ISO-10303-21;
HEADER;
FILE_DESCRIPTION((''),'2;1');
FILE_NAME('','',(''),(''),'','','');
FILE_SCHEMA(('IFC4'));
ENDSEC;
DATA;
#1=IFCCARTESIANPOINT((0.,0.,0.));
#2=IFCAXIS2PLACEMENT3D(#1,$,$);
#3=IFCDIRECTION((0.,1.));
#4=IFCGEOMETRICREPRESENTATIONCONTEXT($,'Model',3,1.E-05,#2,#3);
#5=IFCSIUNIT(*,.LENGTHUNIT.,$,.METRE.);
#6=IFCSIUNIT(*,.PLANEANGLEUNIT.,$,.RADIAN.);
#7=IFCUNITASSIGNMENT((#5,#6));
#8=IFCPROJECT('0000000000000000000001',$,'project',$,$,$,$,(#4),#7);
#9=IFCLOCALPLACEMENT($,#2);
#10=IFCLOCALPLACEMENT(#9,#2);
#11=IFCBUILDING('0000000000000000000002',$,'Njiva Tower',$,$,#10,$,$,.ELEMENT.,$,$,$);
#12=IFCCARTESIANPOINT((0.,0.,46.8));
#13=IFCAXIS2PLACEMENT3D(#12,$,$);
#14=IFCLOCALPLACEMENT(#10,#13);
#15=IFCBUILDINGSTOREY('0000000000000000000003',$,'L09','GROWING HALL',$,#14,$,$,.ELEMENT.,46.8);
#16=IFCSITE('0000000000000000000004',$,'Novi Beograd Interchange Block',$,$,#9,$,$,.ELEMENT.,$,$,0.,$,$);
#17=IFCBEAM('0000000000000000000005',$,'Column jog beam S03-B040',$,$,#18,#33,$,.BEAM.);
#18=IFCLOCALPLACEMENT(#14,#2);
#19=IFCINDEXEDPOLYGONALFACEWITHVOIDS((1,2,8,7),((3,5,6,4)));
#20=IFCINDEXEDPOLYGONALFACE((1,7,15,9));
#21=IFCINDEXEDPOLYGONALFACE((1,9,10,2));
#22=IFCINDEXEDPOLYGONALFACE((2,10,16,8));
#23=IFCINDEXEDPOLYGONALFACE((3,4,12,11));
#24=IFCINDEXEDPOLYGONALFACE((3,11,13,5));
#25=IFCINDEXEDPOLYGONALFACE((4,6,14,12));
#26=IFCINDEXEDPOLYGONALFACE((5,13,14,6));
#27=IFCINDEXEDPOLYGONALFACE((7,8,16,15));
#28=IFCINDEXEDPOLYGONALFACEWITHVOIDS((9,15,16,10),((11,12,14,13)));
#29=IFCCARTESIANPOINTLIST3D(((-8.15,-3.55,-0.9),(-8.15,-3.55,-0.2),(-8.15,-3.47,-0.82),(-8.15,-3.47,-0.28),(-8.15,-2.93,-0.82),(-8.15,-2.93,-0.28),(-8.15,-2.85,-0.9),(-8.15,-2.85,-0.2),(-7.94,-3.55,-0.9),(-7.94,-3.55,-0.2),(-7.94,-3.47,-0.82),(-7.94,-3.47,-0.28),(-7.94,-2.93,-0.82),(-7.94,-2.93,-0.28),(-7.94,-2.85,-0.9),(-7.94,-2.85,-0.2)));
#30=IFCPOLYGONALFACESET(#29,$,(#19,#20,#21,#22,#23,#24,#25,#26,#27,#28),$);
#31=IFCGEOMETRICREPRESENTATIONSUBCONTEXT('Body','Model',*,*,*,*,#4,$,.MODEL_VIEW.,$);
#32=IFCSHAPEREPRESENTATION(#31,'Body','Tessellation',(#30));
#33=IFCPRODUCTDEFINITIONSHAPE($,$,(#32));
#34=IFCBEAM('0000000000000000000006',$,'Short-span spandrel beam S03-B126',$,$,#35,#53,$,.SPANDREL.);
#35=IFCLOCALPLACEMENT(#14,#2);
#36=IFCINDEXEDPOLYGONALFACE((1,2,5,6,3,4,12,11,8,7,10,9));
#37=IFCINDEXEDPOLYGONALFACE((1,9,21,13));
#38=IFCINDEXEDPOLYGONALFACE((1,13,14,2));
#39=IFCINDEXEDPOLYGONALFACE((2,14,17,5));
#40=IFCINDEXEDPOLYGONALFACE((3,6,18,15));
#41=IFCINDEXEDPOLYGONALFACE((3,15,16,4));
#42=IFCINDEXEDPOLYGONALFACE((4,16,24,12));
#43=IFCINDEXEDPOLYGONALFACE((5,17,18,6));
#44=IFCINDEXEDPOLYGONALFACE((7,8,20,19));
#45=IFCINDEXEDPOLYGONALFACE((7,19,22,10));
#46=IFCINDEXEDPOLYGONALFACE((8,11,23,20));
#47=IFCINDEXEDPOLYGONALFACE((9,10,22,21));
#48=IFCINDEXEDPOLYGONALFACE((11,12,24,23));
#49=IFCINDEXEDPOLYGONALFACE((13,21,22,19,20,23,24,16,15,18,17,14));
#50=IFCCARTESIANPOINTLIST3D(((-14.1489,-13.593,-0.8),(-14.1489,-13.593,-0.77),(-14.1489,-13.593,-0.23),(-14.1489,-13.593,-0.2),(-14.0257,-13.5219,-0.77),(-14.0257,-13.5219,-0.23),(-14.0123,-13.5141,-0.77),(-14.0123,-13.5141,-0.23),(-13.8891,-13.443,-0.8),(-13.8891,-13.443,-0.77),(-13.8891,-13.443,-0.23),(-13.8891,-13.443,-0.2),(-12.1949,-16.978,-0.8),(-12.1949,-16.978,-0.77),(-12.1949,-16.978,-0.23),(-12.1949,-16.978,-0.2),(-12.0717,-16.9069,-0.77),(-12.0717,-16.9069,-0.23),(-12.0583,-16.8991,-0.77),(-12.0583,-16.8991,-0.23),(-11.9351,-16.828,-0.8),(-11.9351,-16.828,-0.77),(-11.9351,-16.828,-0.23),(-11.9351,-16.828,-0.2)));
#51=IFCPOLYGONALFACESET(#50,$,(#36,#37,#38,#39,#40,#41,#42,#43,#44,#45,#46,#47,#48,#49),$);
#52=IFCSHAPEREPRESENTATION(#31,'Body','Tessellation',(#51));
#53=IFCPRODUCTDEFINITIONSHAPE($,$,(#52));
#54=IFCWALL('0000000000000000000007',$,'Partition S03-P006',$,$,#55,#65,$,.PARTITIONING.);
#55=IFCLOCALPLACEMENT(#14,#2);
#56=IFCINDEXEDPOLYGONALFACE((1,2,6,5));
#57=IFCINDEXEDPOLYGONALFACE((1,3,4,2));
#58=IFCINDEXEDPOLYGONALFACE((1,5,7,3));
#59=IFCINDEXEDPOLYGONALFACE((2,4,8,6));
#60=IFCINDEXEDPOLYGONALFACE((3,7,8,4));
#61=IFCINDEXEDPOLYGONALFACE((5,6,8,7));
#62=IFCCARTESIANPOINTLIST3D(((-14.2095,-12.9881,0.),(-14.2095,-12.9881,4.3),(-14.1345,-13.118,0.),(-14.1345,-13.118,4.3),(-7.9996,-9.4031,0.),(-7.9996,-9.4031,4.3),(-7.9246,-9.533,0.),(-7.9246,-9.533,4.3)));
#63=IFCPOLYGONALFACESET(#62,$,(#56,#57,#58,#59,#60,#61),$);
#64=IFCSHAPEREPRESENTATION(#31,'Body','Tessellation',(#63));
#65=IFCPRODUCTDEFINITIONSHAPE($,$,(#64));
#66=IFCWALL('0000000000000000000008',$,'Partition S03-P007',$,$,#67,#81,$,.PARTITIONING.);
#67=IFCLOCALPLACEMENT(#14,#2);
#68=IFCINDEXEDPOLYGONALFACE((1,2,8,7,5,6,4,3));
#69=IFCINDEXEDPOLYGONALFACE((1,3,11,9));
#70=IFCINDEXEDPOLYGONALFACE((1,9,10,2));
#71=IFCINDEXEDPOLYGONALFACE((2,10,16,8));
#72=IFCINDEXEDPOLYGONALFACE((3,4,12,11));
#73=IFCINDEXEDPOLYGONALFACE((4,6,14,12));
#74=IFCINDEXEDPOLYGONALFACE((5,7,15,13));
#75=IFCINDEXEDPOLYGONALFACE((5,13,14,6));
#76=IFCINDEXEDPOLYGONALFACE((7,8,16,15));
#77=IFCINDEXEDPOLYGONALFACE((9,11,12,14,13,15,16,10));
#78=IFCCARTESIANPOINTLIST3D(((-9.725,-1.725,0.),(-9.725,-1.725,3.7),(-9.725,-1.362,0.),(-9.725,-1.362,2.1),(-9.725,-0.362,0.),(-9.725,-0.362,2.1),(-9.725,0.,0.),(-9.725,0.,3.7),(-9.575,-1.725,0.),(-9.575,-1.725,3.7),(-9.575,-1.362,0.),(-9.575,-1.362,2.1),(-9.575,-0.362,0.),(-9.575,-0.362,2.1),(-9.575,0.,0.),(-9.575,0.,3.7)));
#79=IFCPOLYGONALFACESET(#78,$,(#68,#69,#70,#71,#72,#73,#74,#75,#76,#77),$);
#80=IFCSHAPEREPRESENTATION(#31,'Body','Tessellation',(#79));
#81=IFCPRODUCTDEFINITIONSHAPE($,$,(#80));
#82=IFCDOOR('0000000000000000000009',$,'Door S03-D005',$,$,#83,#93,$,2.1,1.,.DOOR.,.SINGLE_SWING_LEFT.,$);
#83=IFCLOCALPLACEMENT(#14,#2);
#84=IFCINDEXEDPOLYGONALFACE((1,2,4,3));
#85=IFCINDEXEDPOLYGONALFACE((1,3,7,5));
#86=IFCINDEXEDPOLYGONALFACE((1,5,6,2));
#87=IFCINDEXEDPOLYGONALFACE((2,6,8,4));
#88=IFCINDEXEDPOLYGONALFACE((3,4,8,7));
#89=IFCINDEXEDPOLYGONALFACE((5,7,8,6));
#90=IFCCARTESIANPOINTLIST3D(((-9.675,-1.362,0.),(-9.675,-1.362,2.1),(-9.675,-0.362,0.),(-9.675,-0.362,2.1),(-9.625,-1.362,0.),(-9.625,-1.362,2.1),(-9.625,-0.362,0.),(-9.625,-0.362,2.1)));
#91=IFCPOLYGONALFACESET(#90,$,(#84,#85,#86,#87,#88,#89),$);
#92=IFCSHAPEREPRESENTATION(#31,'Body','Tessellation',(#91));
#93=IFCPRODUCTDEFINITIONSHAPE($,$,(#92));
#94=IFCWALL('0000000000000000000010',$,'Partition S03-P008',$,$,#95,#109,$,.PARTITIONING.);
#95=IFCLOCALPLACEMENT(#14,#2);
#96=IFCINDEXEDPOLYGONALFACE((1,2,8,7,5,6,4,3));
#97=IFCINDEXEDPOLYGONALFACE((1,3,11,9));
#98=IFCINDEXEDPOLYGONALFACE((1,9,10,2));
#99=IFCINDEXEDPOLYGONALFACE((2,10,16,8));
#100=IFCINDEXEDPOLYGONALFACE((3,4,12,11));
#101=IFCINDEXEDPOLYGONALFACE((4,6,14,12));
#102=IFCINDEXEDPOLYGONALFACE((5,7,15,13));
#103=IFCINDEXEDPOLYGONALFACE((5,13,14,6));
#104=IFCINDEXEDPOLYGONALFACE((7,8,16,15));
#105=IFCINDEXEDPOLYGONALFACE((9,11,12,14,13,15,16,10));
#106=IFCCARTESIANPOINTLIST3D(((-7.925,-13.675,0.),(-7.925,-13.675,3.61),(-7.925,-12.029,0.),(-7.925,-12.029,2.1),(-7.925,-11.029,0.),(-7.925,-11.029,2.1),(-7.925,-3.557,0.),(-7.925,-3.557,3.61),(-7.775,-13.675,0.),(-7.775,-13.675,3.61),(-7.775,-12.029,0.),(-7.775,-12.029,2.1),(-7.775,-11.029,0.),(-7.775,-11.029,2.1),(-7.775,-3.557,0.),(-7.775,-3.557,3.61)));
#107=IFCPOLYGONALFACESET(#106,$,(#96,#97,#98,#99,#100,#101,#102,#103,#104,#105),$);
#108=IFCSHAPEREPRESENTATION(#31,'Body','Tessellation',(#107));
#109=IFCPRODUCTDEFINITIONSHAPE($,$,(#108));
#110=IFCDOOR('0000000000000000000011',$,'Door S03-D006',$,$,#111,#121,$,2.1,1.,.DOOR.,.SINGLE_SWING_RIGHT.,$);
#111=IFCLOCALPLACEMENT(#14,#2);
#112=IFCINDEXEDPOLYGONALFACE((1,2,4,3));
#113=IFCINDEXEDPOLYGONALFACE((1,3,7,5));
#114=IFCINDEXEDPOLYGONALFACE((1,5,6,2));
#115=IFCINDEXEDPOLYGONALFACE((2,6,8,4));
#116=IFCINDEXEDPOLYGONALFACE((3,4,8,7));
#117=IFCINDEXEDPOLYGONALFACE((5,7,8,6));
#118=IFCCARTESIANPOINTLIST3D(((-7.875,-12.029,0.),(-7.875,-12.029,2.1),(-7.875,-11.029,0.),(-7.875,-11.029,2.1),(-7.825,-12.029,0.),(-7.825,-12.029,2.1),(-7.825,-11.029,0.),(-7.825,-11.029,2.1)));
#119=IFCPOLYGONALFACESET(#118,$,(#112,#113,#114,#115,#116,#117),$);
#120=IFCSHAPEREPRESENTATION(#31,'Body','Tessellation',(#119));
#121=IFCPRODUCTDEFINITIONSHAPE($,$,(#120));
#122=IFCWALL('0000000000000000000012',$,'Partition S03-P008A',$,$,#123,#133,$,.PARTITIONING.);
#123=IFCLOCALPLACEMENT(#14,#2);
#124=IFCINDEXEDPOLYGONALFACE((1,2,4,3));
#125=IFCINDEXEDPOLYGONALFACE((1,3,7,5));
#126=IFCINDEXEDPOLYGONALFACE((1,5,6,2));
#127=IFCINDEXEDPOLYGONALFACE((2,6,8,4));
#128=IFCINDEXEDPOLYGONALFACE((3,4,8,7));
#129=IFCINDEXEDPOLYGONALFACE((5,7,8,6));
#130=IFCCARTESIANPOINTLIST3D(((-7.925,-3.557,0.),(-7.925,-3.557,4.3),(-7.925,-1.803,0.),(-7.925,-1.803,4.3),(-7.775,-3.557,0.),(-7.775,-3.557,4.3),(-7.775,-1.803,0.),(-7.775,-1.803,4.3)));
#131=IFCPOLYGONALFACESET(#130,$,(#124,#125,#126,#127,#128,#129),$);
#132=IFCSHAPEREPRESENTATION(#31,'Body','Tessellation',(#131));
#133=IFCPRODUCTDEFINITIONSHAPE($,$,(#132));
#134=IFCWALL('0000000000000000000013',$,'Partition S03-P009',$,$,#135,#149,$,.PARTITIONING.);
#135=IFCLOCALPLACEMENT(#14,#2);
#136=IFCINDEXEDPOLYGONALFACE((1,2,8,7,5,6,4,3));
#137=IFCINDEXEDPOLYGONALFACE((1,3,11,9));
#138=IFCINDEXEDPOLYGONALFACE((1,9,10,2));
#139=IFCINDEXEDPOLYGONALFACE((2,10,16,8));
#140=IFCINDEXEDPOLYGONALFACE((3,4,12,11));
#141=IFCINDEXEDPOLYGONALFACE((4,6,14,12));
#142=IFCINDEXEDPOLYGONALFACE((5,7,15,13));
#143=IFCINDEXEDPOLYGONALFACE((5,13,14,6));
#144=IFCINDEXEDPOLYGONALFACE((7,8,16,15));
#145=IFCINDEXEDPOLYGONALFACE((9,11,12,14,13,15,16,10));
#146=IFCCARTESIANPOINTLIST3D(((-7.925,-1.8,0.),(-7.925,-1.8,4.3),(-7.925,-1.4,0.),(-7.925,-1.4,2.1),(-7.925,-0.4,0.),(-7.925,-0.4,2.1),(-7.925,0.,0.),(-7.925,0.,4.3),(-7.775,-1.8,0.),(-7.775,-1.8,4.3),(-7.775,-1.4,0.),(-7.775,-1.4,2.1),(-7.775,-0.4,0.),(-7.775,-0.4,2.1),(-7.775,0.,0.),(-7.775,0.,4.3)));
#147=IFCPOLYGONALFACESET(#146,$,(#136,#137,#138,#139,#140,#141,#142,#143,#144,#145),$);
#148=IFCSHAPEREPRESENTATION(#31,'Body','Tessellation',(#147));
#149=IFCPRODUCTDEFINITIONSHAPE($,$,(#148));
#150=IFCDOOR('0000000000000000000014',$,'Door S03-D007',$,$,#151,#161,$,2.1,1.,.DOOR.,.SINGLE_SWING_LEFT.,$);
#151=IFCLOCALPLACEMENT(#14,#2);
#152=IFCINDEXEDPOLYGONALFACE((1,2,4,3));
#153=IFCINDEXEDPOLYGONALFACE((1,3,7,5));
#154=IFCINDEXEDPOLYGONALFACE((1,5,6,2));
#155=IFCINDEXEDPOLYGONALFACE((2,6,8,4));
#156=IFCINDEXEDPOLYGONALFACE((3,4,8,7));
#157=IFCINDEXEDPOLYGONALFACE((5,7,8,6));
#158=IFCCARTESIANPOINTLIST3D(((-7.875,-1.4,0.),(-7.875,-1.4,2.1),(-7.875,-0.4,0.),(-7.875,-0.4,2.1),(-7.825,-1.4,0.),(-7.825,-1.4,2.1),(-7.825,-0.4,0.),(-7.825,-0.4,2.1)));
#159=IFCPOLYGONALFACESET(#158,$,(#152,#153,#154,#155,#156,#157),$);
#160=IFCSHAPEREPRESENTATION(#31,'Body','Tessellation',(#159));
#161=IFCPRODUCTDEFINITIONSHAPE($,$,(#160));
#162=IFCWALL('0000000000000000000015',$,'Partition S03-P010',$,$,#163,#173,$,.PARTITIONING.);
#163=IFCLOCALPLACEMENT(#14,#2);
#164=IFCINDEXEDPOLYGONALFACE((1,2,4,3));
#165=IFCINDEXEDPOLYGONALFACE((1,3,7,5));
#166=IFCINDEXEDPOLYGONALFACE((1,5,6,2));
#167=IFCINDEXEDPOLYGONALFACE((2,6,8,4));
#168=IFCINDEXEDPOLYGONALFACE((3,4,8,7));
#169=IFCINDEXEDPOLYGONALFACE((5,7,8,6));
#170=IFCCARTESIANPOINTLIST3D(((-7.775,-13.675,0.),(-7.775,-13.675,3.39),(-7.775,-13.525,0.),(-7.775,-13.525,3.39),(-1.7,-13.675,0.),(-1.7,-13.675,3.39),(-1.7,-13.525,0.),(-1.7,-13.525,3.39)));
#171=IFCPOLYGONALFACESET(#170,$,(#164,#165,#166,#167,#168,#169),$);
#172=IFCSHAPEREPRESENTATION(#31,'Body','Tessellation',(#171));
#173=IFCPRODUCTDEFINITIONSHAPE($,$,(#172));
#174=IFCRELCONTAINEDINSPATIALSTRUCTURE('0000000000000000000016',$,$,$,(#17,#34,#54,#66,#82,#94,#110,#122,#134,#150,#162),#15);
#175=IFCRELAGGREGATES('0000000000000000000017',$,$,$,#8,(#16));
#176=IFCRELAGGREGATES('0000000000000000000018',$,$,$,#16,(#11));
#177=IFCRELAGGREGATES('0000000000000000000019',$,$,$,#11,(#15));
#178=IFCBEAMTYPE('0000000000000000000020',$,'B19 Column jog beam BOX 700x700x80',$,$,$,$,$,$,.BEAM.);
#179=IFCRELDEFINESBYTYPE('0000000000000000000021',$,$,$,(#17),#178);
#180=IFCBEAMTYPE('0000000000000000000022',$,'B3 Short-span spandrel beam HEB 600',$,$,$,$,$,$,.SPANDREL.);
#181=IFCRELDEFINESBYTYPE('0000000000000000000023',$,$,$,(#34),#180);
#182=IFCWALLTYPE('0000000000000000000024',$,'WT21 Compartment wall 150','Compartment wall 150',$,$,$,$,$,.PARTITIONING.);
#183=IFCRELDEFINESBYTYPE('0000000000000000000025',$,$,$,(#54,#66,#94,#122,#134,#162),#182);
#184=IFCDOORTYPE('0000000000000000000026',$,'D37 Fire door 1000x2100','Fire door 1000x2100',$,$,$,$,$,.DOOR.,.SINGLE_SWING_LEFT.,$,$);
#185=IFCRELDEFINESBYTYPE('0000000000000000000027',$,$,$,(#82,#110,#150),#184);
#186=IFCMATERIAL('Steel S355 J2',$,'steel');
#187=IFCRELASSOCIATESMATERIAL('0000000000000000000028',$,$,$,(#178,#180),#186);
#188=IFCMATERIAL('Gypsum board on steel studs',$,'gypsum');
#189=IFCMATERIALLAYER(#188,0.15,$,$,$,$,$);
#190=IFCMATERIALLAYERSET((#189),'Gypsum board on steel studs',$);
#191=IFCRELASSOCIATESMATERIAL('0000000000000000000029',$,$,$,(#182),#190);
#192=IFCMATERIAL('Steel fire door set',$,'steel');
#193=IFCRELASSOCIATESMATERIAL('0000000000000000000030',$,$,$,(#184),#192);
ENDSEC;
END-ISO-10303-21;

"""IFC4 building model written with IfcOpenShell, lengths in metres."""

from ifc_helpers import new_model, si_unit, direction, frame, frame_2d, origin, origin_2d, place, context, subcontext, project, spatial, rectangle, hollow_rectangle, i_section, extrude, material, layer, layer_set, material_profile, profile_set, type_object, element, fill, save


model = new_model("IFC4")

# Units and contexts
model_context = context("Model", 3, precision=1e-05, world=origin(), true_north=direction((0.0, 1.0)))
body_context = subcontext(model_context, "Body", "Model", "MODEL_VIEW")
ifc_project = project(units=[si_unit("LENGTHUNIT", "METRE"), si_unit("PLANEANGLEUNIT", "RADIAN")], contexts=[model_context])

# Site, building, storey
site_placement = place(None, origin())
site = spatial("IfcSite", under=ifc_project, at=site_placement, Name="Novi Beograd Interchange Block", CompositionType="ELEMENT", RefElevation=0.0)
building_placement = place(site_placement, origin())
building = spatial("IfcBuilding", under=site, at=building_placement, Name="Njiva Tower", CompositionType="ELEMENT")
storey_placement = place(building_placement, frame((0.0, 0.0, 46.8)))
storey = spatial("IfcBuildingStorey", under=building, at=storey_placement, Name="L09", Description="GROWING HALL", CompositionType="ELEMENT", Elevation=46.8)

# Shared definitions
ifc_material_1 = material(Name="Steel S355 J2", Category="steel")

# Beams
ifc_material_profile_1 = material_profile(ifc_material_1, hollow_rectangle(XDim=0.7, YDim=0.7, WallThickness=0.08, at=origin_2d()), Name="BOX 700x700x80")
ifc_profile_set_1 = profile_set([ifc_material_profile_1], Name="Steel S355 J2")
beam_type_1 = type_object("IfcBeamType", Name="B19 Column jog beam BOX 700x700x80", PredefinedType="BEAM", material=ifc_profile_set_1)
beam_1_placement = place(storey_placement, frame((-8.15, -3.2, -0.55), z_axis=(1.0, 0.0, 0.0), x_axis=(0.0, 1.0, 0.0)))
element("IfcBeam", 1, at=beam_1_placement, inside=storey, type_object=beam_type_1, Name="Column jog beam S03-B040", PredefinedType="BEAM", context=body_context, shape_type="SweptSolid", body=[
    extrude(hollow_rectangle(XDim=0.7, YDim=0.7, WallThickness=0.08, at=origin_2d()), origin(), (0.0, 0.0, 1.0), 0.21),
])
ifc_material_profile_2 = material_profile(ifc_material_1, i_section(OverallWidth=0.3, OverallDepth=0.6, WebThickness=0.0155, FlangeThickness=0.03, at=origin_2d()), Name="HEB 600")
ifc_profile_set_2 = profile_set([ifc_material_profile_2], Name="Steel S355 J2")
beam_type_2 = type_object("IfcBeamType", Name="B3 Short-span spandrel beam HEB 600", PredefinedType="SPANDREL", material=ifc_profile_set_2)
beam_2_placement = place(storey_placement, frame((-14.019, -13.518, -0.5), z_axis=(0.499937, -0.866062, 0.0), x_axis=(0.866062, 0.499937, 0.0)))
element("IfcBeam", 2, at=beam_2_placement, inside=storey, type_object=beam_type_2, Name="Short-span spandrel beam S03-B126", PredefinedType="SPANDREL", context=body_context, shape_type="SweptSolid", body=[
    extrude(i_section(OverallWidth=0.3, OverallDepth=0.6, WebThickness=0.0155, FlangeThickness=0.03, at=origin_2d()), origin(), (0.0, 0.0, 1.0), 3.9085),
])

# Wall
ifc_material_2 = material(Name="Gypsum board on steel studs", Category="gypsum")
ifc_layer_1 = layer(ifc_material_2, 0.15)
ifc_layer_set_1 = layer_set([ifc_layer_1], Name="Gypsum board on steel studs")
wall_type_1 = type_object("IfcWallType", Name="WT21 Compartment wall 150", Description="Compartment wall 150", PredefinedType="PARTITIONING", material=ifc_layer_set_1)
wall_1_placement = place(storey_placement, frame((-14.172, -13.053, 0.0), z_axis=(0.0, 0.0, 1.0), x_axis=(0.866046, 0.499964, 0.0)))
element("IfcWall", 3, at=wall_1_placement, inside=storey, type_object=wall_type_1, Name="Partition S03-P006", PredefinedType="PARTITIONING", context=body_context, shape_type="SweptSolid", body=[
    extrude(rectangle(XDim=7.1705, YDim=0.15, at=frame_2d((3.5852, 0.0))), origin(), (0.0, 0.0, 1.0), 4.3),
])

# Walls, openings, doors
wall_2_placement = place(storey_placement, frame((-9.65, -1.725, 0.0), z_axis=(0.0, 0.0, 1.0), x_axis=(0.0, 1.0, 0.0)))
wall_2 = element("IfcWall", 4, at=wall_2_placement, inside=storey, type_object=wall_type_1, Name="Partition S03-P007", PredefinedType="PARTITIONING", context=body_context, shape_type="SweptSolid", body=[
    extrude(rectangle(XDim=1.725, YDim=0.15, at=frame_2d((0.8625, 0.0))), origin(), (0.0, 0.0, 1.0), 3.7),
])
opening_1_placement = place(wall_2_placement, frame((0.363, 0.0, 0.0)))
opening_1 = element("IfcOpeningElement", 5, at=opening_1_placement, cuts=wall_2, PredefinedType="OPENING", context=body_context, shape_type="SweptSolid", body=[
    extrude(rectangle(XDim=1.0, YDim=2.1, at=frame_2d((0.5, 1.05))), frame((0.0, 0.085, 0.0), z_axis=(0.0, -1.0, 0.0), x_axis=(1.0, 0.0, 0.0)), (0.0, 0.0, 1.0), 0.17),
])
ifc_material_3 = material(Name="Steel fire door set", Category="steel")
door_type = type_object("IfcDoorType", Name="D37 Fire door 1000x2100", Description="Fire door 1000x2100", OperationType="SINGLE_SWING_LEFT", PredefinedType="DOOR", material=ifc_material_3)
door_1_placement = place(opening_1_placement, origin())
door_1 = element("IfcDoor", 6, at=door_1_placement, inside=storey, type_object=door_type, Name="Door S03-D005", OperationType="SINGLE_SWING_LEFT", OverallHeight=2.1, OverallWidth=1.0, PredefinedType="DOOR", context=body_context, shape_type="SweptSolid", body=[
    extrude(rectangle(XDim=1.0, YDim=2.1, at=frame_2d((0.5, 1.05))), frame((0.0, 0.025, 0.0), z_axis=(0.0, -1.0, 0.0), x_axis=(1.0, 0.0, 0.0)), (0.0, 0.0, 1.0), 0.05),
])
fill(opening_1, door_1)
wall_3_placement = place(storey_placement, frame((-7.85, -13.675, 0.0), z_axis=(0.0, 0.0, 1.0), x_axis=(0.0, 1.0, 0.0)))
wall_3 = element("IfcWall", 7, at=wall_3_placement, inside=storey, type_object=wall_type_1, Name="Partition S03-P008", PredefinedType="PARTITIONING", context=body_context, shape_type="SweptSolid", body=[
    extrude(rectangle(XDim=10.118, YDim=0.15, at=frame_2d((5.059, 0.0))), origin(), (0.0, 0.0, 1.0), 3.61),
])
opening_2_placement = place(wall_3_placement, frame((1.646, 0.0, 0.0)))
opening_2 = element("IfcOpeningElement", 8, at=opening_2_placement, cuts=wall_3, PredefinedType="OPENING", context=body_context, shape_type="SweptSolid", body=[
    extrude(rectangle(XDim=1.0, YDim=2.1, at=frame_2d((0.5, 1.05))), frame((0.0, 0.085, 0.0), z_axis=(0.0, -1.0, 0.0), x_axis=(1.0, 0.0, 0.0)), (0.0, 0.0, 1.0), 0.17),
])
door_2_placement = place(opening_2_placement, origin())
door_2 = element("IfcDoor", 9, at=door_2_placement, inside=storey, type_object=door_type, Name="Door S03-D006", OperationType="SINGLE_SWING_RIGHT", OverallHeight=2.1, OverallWidth=1.0, PredefinedType="DOOR", context=body_context, shape_type="SweptSolid", body=[
    extrude(rectangle(XDim=1.0, YDim=2.1, at=frame_2d((0.5, 1.05))), frame((0.0, 0.025, 0.0), z_axis=(0.0, -1.0, 0.0), x_axis=(1.0, 0.0, 0.0)), (0.0, 0.0, 1.0), 0.05),
])
fill(opening_2, door_2)

# Wall
wall_4_placement = place(storey_placement, frame((-7.85, -3.557, 0.0), z_axis=(0.0, 0.0, 1.0), x_axis=(0.0, 1.0, 0.0)))
element("IfcWall", 10, at=wall_4_placement, inside=storey, type_object=wall_type_1, Name="Partition S03-P008A", PredefinedType="PARTITIONING", context=body_context, shape_type="SweptSolid", body=[
    extrude(rectangle(XDim=1.754, YDim=0.15, at=frame_2d((0.877, 0.0))), origin(), (0.0, 0.0, 1.0), 4.3),
])

# Wall, opening, door
wall_5_placement = place(storey_placement, frame((-7.85, -1.8, 0.0), z_axis=(0.0, 0.0, 1.0), x_axis=(0.0, 1.0, 0.0)))
wall_5 = element("IfcWall", 11, at=wall_5_placement, inside=storey, type_object=wall_type_1, Name="Partition S03-P009", PredefinedType="PARTITIONING", context=body_context, shape_type="SweptSolid", body=[
    extrude(rectangle(XDim=1.8, YDim=0.15, at=frame_2d((0.9, 0.0))), origin(), (0.0, 0.0, 1.0), 4.3),
])
opening_3_placement = place(wall_5_placement, frame((0.4, 0.0, 0.0)))
opening_3 = element("IfcOpeningElement", 12, at=opening_3_placement, cuts=wall_5, PredefinedType="OPENING", context=body_context, shape_type="SweptSolid", body=[
    extrude(rectangle(XDim=1.0, YDim=2.1, at=frame_2d((0.5, 1.05))), frame((0.0, 0.085, 0.0), z_axis=(0.0, -1.0, 0.0), x_axis=(1.0, 0.0, 0.0)), (0.0, 0.0, 1.0), 0.17),
])
door_3_placement = place(opening_3_placement, origin())
door_3 = element("IfcDoor", 13, at=door_3_placement, inside=storey, type_object=door_type, Name="Door S03-D007", OperationType="SINGLE_SWING_LEFT", OverallHeight=2.1, OverallWidth=1.0, PredefinedType="DOOR", context=body_context, shape_type="SweptSolid", body=[
    extrude(rectangle(XDim=1.0, YDim=2.1, at=frame_2d((0.5, 1.05))), frame((0.0, 0.025, 0.0), z_axis=(0.0, -1.0, 0.0), x_axis=(1.0, 0.0, 0.0)), (0.0, 0.0, 1.0), 0.05),
])
fill(opening_3, door_3)

# Wall
wall_6_placement = place(storey_placement, frame((-7.775, -13.6, 0.0), z_axis=(0.0, 0.0, 1.0), x_axis=(1.0, 0.0, 0.0)))
element("IfcWall", 14, at=wall_6_placement, inside=storey, type_object=wall_type_1, Name="Partition S03-P010", PredefinedType="PARTITIONING", context=body_context, shape_type="SweptSolid", body=[
    extrude(rectangle(XDim=6.075, YDim=0.15, at=frame_2d((3.0375, 0.0))), origin(), (0.0, 0.0, 1.0), 3.39),
])

save(model, "model.ifc")
